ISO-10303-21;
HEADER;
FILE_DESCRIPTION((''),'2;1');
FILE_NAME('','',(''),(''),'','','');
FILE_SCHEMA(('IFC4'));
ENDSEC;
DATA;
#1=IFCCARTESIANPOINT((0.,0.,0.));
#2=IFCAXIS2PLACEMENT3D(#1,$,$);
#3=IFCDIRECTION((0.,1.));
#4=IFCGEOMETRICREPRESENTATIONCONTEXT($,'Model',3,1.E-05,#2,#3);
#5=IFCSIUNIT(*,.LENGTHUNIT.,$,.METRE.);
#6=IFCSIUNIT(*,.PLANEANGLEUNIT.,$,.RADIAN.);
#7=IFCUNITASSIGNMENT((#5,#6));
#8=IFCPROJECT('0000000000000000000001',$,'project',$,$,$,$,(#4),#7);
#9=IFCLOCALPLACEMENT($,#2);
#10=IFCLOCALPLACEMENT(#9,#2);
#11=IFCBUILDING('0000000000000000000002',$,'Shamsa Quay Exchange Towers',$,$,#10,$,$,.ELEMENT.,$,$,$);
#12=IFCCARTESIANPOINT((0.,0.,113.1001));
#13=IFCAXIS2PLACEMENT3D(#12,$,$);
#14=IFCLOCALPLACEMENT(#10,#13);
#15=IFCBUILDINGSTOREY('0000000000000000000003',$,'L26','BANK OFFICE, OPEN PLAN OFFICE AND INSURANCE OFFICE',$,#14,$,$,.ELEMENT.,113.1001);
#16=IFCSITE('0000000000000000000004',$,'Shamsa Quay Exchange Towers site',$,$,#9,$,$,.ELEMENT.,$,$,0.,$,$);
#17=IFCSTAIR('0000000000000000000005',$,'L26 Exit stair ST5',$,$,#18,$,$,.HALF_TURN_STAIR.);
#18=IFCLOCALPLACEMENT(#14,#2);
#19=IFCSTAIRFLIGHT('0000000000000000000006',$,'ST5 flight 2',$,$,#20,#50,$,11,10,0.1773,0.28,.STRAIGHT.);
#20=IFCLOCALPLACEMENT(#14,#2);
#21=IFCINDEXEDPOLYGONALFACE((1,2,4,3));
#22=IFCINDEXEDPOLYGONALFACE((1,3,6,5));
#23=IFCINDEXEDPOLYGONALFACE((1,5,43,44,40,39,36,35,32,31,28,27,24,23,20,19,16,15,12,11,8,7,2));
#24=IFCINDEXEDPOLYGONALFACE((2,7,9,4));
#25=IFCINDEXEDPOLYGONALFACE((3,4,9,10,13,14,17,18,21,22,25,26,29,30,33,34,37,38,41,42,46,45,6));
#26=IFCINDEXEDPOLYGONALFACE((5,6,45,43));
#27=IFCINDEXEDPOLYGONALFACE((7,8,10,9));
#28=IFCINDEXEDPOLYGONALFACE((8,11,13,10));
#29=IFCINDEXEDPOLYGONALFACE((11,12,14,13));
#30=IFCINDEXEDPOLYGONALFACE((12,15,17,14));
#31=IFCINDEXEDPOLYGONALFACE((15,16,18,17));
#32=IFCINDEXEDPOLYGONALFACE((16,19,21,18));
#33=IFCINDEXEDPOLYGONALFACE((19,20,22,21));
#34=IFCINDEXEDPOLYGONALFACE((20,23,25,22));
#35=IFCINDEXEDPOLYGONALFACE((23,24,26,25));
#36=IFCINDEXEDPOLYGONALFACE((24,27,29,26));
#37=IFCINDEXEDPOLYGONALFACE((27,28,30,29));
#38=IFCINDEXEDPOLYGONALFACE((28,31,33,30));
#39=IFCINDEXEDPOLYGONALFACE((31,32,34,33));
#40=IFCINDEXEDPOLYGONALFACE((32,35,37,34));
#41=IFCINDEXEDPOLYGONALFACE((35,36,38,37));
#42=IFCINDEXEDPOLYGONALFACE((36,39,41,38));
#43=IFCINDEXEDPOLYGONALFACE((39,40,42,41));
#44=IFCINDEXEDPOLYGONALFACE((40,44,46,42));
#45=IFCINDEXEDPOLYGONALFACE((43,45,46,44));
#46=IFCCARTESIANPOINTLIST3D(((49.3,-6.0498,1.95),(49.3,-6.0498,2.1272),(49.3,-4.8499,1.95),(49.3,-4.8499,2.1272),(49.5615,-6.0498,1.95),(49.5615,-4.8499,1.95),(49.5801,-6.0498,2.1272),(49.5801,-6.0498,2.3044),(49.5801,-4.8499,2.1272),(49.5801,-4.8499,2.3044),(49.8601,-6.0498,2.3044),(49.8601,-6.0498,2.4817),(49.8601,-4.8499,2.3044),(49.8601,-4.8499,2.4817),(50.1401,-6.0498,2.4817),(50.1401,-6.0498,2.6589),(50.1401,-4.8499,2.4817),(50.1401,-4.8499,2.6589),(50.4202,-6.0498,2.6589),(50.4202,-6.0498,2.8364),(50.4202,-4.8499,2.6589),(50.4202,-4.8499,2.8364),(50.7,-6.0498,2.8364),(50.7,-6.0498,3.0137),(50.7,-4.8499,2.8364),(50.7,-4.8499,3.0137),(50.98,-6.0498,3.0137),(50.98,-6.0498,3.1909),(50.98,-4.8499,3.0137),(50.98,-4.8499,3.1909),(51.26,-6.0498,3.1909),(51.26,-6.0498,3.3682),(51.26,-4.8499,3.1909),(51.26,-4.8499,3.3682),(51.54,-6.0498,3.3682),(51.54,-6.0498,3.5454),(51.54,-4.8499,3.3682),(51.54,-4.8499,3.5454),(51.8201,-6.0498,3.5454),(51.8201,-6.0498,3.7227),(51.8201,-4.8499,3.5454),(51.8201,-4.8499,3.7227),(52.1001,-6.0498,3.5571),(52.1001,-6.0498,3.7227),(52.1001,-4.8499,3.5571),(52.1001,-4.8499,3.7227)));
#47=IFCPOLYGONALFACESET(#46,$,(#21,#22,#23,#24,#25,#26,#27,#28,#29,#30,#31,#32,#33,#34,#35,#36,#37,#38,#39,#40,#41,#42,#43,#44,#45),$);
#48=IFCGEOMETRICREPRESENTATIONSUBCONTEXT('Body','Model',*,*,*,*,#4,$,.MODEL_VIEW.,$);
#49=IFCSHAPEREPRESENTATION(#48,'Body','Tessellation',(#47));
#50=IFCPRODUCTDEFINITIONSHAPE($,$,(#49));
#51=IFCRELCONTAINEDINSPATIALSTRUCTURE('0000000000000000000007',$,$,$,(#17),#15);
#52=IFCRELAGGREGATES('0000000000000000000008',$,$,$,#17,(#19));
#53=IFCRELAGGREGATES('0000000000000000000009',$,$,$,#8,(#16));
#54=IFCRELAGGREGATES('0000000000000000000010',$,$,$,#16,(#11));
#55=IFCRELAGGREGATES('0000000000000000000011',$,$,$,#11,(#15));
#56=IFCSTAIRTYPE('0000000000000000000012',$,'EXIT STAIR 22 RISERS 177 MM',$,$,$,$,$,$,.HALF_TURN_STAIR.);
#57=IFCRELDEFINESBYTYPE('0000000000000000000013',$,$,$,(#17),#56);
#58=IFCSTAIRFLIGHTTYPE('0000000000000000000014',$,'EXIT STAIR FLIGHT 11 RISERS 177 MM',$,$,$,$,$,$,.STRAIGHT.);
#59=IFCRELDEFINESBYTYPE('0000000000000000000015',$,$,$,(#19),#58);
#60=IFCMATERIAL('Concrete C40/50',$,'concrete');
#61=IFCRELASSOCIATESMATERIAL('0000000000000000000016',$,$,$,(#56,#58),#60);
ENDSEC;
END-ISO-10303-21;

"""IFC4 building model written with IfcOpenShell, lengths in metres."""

from ifc_helpers import new_model, si_unit, direction, frame, origin, place, context, subcontext, project, spatial, polyline, outline, extrude, material, type_object, element, aggregate, save


model = new_model("IFC4")

# Units and contexts
model_context = context("Model", 3, precision=1e-05, world=origin(), true_north=direction((0.0, 1.0)))
body_context = subcontext(model_context, "Body", "Model", "MODEL_VIEW")
ifc_project = project(units=[si_unit("LENGTHUNIT", "METRE"), si_unit("PLANEANGLEUNIT", "RADIAN")], contexts=[model_context])

# Site, building, storey
site_placement = place(None, origin())
site = spatial("IfcSite", under=ifc_project, at=site_placement, Name="Shamsa Quay Exchange Towers site", CompositionType="ELEMENT", RefElevation=0.0)
building_placement = place(site_placement, origin())
building = spatial("IfcBuilding", under=site, at=building_placement, Name="Shamsa Quay Exchange Towers", CompositionType="ELEMENT")
storey_placement = place(building_placement, frame((0.0, 0.0, 113.1001)))
storey = spatial("IfcBuildingStorey", under=building, at=storey_placement, Name="L26", Description="BANK OFFICE, OPEN PLAN OFFICE AND INSURANCE OFFICE", CompositionType="ELEMENT", Elevation=113.1001)

# Stair, stair flight
ifc_material_1 = material(Name="Concrete C40/50", Category="concrete")
stair_type = type_object("IfcStairType", Name="EXIT STAIR 22 RISERS 177 MM", PredefinedType="HALF_TURN_STAIR", material=ifc_material_1)
stair_placement = place(storey_placement, origin())
stair = element("IfcStair", 1, at=stair_placement, inside=storey, type_object=stair_type, Name="L26 Exit stair ST5", PredefinedType="HALF_TURN_STAIR")
stair_flight_type = type_object("IfcStairFlightType", Name="EXIT STAIR FLIGHT 11 RISERS 177 MM", PredefinedType="STRAIGHT", material=ifc_material_1)
stair_flight_1_placement = place(storey_placement, frame((49.3, -5.45, 1.95)))
stair_flight_1 = element("IfcStairFlight", 2, at=stair_flight_1_placement, type_object=stair_flight_type, Name="ST5 flight 2", NumberOfRisers=11, NumberOfTreads=10, PredefinedType="STRAIGHT", RiserHeight=0.1773, TreadLength=0.28, context=body_context, shape_type="SweptSolid", body=[
    extrude(outline(polyline([(0.0, 0.0), (0.0, 0.1772), (0.28, 0.1772), (0.28, 0.3545), (0.5601, 0.3545), (0.5601, 0.5317), (0.8401, 0.5317), (0.8401, 0.709), (1.1201, 0.709), (1.1201, 0.8865), (1.3999, 0.8865), (1.3999, 1.0637), (1.6799, 1.0637), (1.6799, 1.241), (1.96, 1.241), (1.96, 1.4182), (2.24, 1.4182), (2.24, 1.5955), (2.52, 1.5955), (2.52, 1.7727), (2.8, 1.7727), (2.8, 1.95), (2.8, 1.6072), (0.2615, 0.0), (0.0, 0.0)])), frame((0.0, 0.6001, 0.0), z_axis=(0.0, -1.0, 0.0), x_axis=(1.0, 0.0, 0.0)), (0.0, 0.0, 1.0), 1.2),
])
aggregate(stair, [stair_flight_1])

save(model, "model.ifc")
